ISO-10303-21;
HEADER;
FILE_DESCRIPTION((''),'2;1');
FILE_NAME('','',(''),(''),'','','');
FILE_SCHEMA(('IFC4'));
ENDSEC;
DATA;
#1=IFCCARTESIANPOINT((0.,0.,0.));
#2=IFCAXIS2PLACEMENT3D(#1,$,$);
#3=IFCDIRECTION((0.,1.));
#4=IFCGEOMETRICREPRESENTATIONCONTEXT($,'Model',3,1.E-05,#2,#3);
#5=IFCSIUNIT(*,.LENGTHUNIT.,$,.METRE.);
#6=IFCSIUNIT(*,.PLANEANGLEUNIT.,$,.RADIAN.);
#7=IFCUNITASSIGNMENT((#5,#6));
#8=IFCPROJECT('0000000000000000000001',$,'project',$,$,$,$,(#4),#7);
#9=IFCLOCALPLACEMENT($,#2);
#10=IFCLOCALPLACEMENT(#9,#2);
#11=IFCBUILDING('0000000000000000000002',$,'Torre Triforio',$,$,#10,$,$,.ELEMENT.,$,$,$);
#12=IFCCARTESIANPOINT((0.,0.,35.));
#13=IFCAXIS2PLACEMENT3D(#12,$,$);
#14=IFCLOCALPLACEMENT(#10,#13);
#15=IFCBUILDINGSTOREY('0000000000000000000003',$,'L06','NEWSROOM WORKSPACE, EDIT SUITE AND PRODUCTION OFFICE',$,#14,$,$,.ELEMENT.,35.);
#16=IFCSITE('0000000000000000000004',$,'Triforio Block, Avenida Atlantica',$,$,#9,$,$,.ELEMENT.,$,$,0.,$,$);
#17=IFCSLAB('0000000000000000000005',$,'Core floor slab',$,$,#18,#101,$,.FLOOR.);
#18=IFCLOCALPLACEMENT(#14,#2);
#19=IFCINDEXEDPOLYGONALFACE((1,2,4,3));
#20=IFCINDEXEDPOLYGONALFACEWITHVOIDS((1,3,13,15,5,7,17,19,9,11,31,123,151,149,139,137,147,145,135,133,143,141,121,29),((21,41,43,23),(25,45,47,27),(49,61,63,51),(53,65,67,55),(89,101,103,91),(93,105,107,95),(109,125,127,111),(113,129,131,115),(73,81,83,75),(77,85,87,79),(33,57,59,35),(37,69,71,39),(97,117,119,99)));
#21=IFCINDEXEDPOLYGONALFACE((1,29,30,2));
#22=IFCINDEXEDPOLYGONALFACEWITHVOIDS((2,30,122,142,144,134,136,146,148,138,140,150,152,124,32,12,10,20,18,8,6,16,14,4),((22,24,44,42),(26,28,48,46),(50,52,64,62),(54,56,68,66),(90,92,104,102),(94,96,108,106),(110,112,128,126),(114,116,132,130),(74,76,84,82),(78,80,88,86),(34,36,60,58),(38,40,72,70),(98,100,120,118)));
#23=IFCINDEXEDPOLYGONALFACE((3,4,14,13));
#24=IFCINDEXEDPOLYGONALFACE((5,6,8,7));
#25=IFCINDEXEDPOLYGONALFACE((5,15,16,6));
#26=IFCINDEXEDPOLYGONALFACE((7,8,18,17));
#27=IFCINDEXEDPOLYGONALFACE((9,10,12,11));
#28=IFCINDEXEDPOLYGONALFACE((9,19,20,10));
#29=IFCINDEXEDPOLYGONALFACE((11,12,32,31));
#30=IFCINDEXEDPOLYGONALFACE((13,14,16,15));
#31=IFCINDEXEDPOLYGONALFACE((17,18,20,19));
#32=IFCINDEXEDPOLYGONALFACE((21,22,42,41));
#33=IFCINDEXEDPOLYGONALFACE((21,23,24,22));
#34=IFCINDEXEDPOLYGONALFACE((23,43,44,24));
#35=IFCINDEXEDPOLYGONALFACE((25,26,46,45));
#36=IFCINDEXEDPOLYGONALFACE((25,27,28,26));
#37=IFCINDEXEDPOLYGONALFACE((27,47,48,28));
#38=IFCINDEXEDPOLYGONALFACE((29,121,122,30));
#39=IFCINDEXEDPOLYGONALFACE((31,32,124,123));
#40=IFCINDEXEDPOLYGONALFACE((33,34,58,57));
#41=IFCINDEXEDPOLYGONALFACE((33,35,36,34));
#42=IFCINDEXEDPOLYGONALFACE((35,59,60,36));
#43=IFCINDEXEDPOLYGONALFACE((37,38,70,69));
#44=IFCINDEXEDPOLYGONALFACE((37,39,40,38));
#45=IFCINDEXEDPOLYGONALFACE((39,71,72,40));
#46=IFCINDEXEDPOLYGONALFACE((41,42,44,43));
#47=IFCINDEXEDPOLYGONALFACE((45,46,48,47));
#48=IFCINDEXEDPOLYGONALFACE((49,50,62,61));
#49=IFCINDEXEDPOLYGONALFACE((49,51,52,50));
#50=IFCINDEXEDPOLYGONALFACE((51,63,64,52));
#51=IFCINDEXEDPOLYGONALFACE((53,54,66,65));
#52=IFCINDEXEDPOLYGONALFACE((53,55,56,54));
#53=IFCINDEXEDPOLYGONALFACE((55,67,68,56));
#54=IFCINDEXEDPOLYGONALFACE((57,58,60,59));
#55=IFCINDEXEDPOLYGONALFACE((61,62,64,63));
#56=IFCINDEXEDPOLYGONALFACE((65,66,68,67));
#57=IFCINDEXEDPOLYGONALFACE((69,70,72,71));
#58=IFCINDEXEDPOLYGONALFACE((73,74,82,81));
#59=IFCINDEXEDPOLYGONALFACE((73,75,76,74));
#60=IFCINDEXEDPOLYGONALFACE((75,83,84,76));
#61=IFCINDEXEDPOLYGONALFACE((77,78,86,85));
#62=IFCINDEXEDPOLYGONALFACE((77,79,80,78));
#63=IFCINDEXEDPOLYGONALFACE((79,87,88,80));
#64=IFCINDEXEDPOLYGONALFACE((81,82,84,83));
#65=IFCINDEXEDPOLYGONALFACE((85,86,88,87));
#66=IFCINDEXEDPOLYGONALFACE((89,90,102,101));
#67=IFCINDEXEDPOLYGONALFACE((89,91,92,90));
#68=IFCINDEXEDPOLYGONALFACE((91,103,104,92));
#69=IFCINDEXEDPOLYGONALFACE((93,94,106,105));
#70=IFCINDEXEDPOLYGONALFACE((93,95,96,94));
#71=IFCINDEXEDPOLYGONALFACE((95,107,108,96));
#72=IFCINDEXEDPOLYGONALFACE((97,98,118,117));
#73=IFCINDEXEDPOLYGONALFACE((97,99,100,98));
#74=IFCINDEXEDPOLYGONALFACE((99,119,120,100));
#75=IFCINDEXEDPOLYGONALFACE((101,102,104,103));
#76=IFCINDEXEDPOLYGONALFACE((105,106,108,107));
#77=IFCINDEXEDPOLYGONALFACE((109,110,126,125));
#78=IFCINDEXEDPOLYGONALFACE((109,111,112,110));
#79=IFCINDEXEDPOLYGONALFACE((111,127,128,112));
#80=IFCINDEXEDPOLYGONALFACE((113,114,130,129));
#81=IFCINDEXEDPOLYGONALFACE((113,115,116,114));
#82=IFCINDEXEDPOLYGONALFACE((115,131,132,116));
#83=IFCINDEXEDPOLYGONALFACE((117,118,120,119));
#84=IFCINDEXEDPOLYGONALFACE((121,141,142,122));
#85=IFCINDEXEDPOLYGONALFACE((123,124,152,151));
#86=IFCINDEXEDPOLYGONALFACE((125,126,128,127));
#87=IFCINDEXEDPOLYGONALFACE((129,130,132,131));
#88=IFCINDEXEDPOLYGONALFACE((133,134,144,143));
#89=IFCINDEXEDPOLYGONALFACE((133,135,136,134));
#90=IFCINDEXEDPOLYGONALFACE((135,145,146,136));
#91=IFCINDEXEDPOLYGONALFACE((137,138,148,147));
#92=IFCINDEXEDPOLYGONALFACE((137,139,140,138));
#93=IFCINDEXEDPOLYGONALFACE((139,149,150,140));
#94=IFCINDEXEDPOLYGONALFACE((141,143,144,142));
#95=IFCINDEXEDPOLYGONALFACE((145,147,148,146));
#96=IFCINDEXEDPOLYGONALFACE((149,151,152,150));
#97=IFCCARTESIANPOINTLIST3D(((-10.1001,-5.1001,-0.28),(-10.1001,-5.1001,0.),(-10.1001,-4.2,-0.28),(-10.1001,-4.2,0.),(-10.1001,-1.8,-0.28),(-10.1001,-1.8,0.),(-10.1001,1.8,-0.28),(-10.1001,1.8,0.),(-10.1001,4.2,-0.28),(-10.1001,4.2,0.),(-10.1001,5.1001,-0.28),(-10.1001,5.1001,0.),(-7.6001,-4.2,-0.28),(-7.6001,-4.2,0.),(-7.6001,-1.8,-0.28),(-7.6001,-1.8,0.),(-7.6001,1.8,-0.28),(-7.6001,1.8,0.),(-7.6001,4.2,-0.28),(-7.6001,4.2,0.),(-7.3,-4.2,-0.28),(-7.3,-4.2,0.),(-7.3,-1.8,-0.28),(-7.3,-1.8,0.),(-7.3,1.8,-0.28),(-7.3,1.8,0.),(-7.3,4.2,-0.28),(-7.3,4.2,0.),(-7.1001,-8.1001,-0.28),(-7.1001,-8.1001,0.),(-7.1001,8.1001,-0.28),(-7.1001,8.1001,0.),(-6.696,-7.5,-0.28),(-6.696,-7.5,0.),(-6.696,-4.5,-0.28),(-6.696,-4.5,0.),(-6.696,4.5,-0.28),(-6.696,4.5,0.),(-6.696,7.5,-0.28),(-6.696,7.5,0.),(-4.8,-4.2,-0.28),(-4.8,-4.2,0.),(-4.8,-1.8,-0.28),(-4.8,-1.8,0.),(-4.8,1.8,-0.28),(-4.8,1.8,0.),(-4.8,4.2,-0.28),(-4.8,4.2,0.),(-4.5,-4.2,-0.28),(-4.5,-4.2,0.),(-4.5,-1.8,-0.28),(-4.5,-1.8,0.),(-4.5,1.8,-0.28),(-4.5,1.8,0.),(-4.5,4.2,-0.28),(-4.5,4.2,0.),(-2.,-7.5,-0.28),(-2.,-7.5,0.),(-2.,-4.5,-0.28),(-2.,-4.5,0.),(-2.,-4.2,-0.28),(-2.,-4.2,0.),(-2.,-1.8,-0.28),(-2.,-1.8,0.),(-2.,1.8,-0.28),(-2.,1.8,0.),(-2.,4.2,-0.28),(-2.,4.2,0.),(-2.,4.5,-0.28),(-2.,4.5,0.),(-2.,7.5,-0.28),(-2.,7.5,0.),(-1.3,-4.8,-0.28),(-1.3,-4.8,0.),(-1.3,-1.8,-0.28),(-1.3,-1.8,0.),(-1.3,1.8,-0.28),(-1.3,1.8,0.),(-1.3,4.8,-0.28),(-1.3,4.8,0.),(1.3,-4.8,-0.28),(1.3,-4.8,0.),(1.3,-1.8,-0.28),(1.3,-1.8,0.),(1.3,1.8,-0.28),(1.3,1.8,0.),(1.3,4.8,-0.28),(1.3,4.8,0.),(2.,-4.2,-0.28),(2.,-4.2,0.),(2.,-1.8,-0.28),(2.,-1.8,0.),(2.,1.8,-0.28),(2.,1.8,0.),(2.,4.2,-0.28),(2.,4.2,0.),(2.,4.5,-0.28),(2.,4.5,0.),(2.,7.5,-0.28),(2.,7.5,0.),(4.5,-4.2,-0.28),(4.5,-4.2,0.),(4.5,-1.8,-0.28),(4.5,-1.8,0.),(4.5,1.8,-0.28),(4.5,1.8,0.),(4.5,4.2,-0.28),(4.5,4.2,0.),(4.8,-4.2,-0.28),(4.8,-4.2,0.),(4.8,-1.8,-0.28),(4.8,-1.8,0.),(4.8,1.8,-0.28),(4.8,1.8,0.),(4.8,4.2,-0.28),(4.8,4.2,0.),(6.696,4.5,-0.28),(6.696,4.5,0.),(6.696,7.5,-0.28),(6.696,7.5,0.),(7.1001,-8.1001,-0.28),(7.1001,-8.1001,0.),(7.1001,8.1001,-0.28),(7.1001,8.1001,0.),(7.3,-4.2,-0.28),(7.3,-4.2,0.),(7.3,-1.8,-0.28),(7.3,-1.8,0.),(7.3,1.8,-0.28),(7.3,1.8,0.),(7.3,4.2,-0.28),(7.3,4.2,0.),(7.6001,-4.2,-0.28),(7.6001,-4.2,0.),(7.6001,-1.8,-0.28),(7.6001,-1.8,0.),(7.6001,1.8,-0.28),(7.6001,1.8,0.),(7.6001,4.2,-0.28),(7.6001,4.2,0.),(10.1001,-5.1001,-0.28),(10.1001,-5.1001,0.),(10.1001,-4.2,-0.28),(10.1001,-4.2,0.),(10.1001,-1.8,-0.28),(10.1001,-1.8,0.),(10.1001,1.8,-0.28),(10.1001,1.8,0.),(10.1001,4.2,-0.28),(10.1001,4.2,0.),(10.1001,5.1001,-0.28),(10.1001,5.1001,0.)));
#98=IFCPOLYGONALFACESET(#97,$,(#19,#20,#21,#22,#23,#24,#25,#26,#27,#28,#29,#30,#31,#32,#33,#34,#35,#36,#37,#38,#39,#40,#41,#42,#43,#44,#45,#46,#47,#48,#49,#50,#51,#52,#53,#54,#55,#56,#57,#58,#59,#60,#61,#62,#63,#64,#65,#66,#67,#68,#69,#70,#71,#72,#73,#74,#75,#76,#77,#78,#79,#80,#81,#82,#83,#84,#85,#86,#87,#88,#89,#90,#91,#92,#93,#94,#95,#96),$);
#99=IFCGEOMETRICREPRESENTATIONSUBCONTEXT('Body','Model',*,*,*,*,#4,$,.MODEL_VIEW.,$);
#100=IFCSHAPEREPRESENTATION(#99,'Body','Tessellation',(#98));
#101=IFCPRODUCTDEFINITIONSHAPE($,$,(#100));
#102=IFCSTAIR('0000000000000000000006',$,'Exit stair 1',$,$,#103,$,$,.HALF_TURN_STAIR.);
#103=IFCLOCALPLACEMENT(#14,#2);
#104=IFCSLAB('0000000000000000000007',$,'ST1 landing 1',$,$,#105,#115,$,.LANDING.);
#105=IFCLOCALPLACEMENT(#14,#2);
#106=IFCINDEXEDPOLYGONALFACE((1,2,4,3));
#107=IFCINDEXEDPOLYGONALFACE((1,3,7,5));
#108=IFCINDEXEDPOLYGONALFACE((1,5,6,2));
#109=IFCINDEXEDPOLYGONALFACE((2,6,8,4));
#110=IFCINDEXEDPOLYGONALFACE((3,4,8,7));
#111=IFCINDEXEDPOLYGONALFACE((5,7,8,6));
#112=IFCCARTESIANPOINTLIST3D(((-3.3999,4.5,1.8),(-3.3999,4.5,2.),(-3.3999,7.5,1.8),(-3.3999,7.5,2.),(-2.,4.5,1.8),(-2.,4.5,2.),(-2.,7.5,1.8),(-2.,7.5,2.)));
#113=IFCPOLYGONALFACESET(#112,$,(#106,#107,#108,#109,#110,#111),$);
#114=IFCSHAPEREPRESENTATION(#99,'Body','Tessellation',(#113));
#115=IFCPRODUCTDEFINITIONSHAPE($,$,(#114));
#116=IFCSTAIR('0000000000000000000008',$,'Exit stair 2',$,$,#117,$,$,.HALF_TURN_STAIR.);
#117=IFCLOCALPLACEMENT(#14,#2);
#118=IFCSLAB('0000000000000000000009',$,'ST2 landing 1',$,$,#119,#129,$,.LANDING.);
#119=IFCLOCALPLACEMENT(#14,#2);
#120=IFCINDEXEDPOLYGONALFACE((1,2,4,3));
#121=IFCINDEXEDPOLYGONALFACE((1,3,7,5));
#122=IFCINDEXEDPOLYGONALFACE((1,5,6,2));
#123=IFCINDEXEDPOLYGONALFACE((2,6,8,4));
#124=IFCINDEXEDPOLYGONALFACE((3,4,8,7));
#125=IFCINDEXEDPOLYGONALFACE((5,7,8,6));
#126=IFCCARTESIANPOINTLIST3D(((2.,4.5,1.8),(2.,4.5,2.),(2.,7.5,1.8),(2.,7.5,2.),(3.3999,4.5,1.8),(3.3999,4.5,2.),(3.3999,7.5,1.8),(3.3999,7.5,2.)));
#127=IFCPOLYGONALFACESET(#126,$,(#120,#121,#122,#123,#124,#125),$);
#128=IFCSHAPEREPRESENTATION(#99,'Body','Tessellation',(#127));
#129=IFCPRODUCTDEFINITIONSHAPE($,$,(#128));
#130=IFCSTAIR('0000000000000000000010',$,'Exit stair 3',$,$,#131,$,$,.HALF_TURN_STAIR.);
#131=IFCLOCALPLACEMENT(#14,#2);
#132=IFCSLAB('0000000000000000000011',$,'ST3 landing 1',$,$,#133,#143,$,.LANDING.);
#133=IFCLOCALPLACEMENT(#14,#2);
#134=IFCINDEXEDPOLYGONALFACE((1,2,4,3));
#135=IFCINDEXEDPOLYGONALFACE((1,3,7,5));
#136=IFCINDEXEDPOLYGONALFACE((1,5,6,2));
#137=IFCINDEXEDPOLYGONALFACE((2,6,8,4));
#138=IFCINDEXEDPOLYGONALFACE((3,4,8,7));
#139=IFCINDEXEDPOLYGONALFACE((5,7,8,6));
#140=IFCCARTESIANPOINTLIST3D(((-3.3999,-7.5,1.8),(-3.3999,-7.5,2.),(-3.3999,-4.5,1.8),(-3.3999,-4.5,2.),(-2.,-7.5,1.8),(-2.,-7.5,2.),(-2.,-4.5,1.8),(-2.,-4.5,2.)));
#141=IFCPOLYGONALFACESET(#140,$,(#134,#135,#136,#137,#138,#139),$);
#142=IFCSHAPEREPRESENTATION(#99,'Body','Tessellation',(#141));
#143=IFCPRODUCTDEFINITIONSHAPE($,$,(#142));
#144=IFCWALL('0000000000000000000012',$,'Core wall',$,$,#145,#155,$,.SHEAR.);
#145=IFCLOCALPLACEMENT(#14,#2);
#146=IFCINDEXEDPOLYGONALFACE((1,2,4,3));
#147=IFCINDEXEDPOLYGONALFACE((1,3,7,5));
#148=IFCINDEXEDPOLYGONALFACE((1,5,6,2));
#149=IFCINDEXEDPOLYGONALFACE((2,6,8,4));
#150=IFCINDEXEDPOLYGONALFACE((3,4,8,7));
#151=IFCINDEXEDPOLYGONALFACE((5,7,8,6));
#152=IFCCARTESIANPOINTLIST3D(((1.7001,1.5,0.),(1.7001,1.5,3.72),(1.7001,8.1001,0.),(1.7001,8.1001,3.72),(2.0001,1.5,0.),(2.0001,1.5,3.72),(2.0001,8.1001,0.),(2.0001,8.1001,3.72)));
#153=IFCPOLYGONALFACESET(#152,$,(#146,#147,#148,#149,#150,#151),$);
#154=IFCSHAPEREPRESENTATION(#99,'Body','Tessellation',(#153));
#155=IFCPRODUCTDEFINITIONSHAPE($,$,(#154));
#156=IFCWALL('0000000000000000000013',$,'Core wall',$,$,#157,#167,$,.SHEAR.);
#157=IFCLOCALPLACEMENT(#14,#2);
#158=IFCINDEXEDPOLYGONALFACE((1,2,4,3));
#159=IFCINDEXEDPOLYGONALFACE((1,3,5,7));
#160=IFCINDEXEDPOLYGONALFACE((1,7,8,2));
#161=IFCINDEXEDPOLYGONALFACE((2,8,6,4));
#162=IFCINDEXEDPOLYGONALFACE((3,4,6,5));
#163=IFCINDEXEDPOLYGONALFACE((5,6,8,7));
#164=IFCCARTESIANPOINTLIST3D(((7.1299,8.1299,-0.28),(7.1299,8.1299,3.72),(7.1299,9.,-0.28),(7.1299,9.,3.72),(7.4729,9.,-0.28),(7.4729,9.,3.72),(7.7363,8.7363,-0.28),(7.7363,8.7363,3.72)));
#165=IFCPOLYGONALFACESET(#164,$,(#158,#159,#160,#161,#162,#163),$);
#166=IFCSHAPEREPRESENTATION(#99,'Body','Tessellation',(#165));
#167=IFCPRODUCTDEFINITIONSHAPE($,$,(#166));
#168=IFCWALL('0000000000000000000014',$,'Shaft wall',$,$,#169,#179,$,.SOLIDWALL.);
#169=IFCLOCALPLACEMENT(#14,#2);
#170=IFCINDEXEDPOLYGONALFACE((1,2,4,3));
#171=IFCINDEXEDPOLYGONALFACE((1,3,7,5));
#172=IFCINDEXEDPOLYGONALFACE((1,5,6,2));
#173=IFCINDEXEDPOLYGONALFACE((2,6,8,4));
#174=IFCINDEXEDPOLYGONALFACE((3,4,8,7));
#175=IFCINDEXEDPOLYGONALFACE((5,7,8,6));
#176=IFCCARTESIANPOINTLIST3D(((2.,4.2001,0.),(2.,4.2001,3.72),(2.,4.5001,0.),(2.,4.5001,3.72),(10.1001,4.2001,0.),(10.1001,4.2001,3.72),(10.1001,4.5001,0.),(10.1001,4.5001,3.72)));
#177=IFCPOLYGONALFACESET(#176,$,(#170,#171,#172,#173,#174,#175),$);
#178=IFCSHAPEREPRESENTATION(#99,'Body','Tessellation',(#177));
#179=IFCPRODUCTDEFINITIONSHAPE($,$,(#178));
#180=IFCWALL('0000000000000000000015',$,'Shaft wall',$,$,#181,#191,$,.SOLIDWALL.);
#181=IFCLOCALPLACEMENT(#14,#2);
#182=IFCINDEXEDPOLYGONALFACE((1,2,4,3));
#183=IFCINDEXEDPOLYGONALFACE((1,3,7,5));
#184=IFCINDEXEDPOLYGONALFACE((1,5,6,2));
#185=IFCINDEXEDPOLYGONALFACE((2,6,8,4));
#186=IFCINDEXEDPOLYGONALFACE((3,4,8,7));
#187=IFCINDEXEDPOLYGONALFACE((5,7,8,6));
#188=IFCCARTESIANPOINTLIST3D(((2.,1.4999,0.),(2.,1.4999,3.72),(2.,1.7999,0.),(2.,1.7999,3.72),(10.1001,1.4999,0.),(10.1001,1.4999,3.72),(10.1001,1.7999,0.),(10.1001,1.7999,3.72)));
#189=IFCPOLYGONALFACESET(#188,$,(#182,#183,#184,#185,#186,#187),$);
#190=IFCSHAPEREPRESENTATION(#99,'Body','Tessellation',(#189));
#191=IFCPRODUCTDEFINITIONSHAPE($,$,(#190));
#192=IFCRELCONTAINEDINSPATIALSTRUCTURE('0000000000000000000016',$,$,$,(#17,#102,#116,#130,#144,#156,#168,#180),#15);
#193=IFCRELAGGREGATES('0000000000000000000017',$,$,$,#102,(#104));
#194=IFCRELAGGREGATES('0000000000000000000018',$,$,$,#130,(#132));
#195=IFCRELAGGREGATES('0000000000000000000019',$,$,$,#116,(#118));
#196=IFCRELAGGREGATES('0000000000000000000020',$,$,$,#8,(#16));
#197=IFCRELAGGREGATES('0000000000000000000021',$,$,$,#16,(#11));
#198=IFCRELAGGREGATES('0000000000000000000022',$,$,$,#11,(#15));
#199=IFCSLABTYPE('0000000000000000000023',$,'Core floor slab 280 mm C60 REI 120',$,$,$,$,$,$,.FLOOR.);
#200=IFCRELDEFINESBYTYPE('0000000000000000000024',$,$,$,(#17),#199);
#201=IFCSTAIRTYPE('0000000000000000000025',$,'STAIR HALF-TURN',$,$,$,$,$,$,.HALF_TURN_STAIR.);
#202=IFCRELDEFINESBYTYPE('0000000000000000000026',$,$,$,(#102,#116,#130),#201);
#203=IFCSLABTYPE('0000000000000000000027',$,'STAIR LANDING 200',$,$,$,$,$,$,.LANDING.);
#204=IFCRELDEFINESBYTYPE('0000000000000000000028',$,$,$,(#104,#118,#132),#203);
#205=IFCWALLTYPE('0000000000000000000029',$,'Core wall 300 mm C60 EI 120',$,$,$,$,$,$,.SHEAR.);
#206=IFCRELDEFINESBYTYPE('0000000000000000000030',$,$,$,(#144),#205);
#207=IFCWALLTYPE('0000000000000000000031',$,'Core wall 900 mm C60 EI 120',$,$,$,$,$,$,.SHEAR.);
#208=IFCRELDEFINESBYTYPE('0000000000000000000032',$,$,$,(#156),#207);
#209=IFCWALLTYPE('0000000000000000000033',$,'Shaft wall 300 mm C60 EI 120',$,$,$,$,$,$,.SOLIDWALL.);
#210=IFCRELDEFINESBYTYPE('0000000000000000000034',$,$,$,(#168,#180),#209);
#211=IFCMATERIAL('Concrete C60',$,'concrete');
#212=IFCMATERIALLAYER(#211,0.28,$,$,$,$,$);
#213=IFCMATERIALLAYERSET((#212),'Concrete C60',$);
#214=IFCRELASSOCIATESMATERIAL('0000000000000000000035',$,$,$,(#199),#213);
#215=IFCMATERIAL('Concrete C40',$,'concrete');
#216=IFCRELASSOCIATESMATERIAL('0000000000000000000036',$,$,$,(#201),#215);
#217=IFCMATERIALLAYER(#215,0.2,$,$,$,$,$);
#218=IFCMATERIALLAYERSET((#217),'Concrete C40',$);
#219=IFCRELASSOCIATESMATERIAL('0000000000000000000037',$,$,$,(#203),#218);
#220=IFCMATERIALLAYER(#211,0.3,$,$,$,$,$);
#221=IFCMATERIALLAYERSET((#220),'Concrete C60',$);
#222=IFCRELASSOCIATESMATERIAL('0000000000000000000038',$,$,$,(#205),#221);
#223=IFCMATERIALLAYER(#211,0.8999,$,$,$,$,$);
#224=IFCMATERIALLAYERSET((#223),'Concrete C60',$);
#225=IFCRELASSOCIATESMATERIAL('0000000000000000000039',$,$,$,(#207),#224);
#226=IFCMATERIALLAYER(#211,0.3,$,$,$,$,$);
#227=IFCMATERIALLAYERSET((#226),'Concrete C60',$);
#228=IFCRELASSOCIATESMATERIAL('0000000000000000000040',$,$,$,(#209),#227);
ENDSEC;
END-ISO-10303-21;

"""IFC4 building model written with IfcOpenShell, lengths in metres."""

from ifc_helpers import new_model, si_unit, direction, frame, frame_2d, origin, place, context, subcontext, project, spatial, polyline, rectangle, outline, extrude, material, layer, layer_set, type_object, element, aggregate, save


model = new_model("IFC4")

# Units and contexts
model_context = context("Model", 3, precision=1e-05, world=origin(), true_north=direction((0.0, 1.0)))
body_context = subcontext(model_context, "Body", "Model", "MODEL_VIEW")
ifc_project = project(units=[si_unit("LENGTHUNIT", "METRE"), si_unit("PLANEANGLEUNIT", "RADIAN")], contexts=[model_context])

# Site, building, storey
site_placement = place(None, origin())
site = spatial("IfcSite", under=ifc_project, at=site_placement, Name="Triforio Block, Avenida Atlantica", CompositionType="ELEMENT", RefElevation=0.0)
building_placement = place(site_placement, origin())
building = spatial("IfcBuilding", under=site, at=building_placement, Name="Torre Triforio", CompositionType="ELEMENT")
storey_placement = place(building_placement, frame((0.0, 0.0, 35.0)))
storey = spatial("IfcBuildingStorey", under=building, at=storey_placement, Name="L06", Description="NEWSROOM WORKSPACE, EDIT SUITE AND PRODUCTION OFFICE", CompositionType="ELEMENT", Elevation=35.0)

# Slab
ifc_material_1 = material(Name="Concrete C60", Category="concrete")
ifc_layer_1 = layer(ifc_material_1, 0.28)
ifc_layer_set_1 = layer_set([ifc_layer_1], Name="Concrete C60")
slab_type_1 = type_object("IfcSlabType", Name="Core floor slab 280 mm C60 REI 120", PredefinedType="FLOOR", material=ifc_layer_set_1)
slab_1_placement = place(storey_placement, frame((0.0, 0.0, -0.28)))
element("IfcSlab", 1, at=slab_1_placement, inside=storey, type_object=slab_type_1, Name="Core floor slab", PredefinedType="FLOOR", context=body_context, shape_type="SweptSolid", body=[
    extrude(outline(polyline([(10.1001, -5.1001), (7.1001, -8.1001), (-7.1001, -8.1001), (-10.1001, -5.1001), (-10.1001, -4.2), (-7.6001, -4.2), (-7.6001, -1.8), (-10.1001, -1.8), (-10.1001, 1.8), (-7.6001, 1.8), (-7.6001, 4.2), (-10.1001, 4.2), (-10.1001, 5.1001), (-7.1001, 8.1001), (7.1001, 8.1001), (10.1001, 5.1001), (10.1001, 4.2), (7.6001, 4.2), (7.6001, 1.8), (10.1001, 1.8), (10.1001, -1.8), (7.6001, -1.8), (7.6001, -4.2), (10.1001, -4.2), (10.1001, -5.1001)]), holes=[polyline([(-2.0, -4.5), (-6.696, -4.5), (-6.696, -7.5), (-2.0, -7.5), (-2.0, -4.5)]), polyline([(-4.8, -1.8), (-7.3, -1.8), (-7.3, -4.2), (-4.8, -4.2), (-4.8, -1.8)]), polyline([(-2.0, -1.8), (-4.5, -1.8), (-4.5, -4.2), (-2.0, -4.2), (-2.0, -1.8)]), polyline([(-4.8, 4.2), (-7.3, 4.2), (-7.3, 1.8), (-4.8, 1.8), (-4.8, 4.2)]), polyline([(-2.0, 4.2), (-4.5, 4.2), (-4.5, 1.8), (-2.0, 1.8), (-2.0, 4.2)]), polyline([(1.3, 4.8), (-1.3, 4.8), (-1.3, 1.8), (1.3, 1.8), (1.3, 4.8)]), polyline([(-2.0, 7.5), (-6.696, 7.5), (-6.696, 4.5), (-2.0, 4.5), (-2.0, 7.5)]), polyline([(1.3, -1.8), (-1.3, -1.8), (-1.3, -4.8), (1.3, -4.8), (1.3, -1.8)]), polyline([(4.5, -1.8), (2.0, -1.8), (2.0, -4.2), (4.5, -4.2), (4.5, -1.8)]), polyline([(7.3, -1.8), (4.8, -1.8), (4.8, -4.2), (7.3, -4.2), (7.3, -1.8)]), polyline([(4.5, 4.2), (2.0, 4.2), (2.0, 1.8), (4.5, 1.8), (4.5, 4.2)]), polyline([(7.3, 4.2), (4.8, 4.2), (4.8, 1.8), (7.3, 1.8), (7.3, 4.2)]), polyline([(6.696, 4.5), (6.696, 7.5), (2.0, 7.5), (2.0, 4.5), (6.696, 4.5)])]), origin(), (0.0, 0.0, 1.0), 0.28),
])

# Stairs, slabs
ifc_material_2 = material(Name="Concrete C40", Category="concrete")
stair_type = type_object("IfcStairType", Name="STAIR HALF-TURN", PredefinedType="HALF_TURN_STAIR", material=ifc_material_2)
stair_1_placement = place(storey_placement, origin())
stair_1 = element("IfcStair", 2, at=stair_1_placement, inside=storey, type_object=stair_type, Name="Exit stair 1", PredefinedType="HALF_TURN_STAIR")
ifc_layer_2 = layer(ifc_material_2, 0.2)
ifc_layer_set_2 = layer_set([ifc_layer_2], Name="Concrete C40")
slab_type_2 = type_object("IfcSlabType", Name="STAIR LANDING 200", PredefinedType="LANDING", material=ifc_layer_set_2)
slab_2_placement = place(storey_placement, frame((0.0, 0.0, 1.8)))
slab_2 = element("IfcSlab", 3, at=slab_2_placement, type_object=slab_type_2, Name="ST1 landing 1", PredefinedType="LANDING", context=body_context, shape_type="SweptSolid", body=[
    extrude(outline(polyline([(-2.0, 4.5), (-2.0, 7.5), (-3.3999, 7.5), (-3.3999, 4.5), (-2.0, 4.5)])), origin(), (0.0, 0.0, 1.0), 0.2),
])
aggregate(stair_1, [slab_2])
stair_2_placement = place(storey_placement, origin())
stair_2 = element("IfcStair", 4, at=stair_2_placement, inside=storey, type_object=stair_type, Name="Exit stair 2", PredefinedType="HALF_TURN_STAIR")
slab_3_placement = place(storey_placement, frame((0.0, 0.0, 1.8)))
slab_3 = element("IfcSlab", 5, at=slab_3_placement, type_object=slab_type_2, Name="ST2 landing 1", PredefinedType="LANDING", context=body_context, shape_type="SweptSolid", body=[
    extrude(outline(polyline([(3.3999, 4.5), (3.3999, 7.5), (2.0, 7.5), (2.0, 4.5), (3.3999, 4.5)])), origin(), (0.0, 0.0, 1.0), 0.2),
])
stair_3_placement = place(storey_placement, origin())
stair_3 = element("IfcStair", 6, at=stair_3_placement, inside=storey, type_object=stair_type, Name="Exit stair 3", PredefinedType="HALF_TURN_STAIR")
slab_4_placement = place(storey_placement, frame((0.0, 0.0, 1.8)))
slab_4 = element("IfcSlab", 7, at=slab_4_placement, type_object=slab_type_2, Name="ST3 landing 1", PredefinedType="LANDING", context=body_context, shape_type="SweptSolid", body=[
    extrude(outline(polyline([(-2.0, -7.5), (-2.0, -4.5), (-3.3999, -4.5), (-3.3999, -7.5), (-2.0, -7.5)])), origin(), (0.0, 0.0, 1.0), 0.2),
])
aggregate(stair_3, [slab_4])

# Walls
ifc_layer_3 = layer(ifc_material_1, 0.3)
ifc_layer_set_3 = layer_set([ifc_layer_3], Name="Concrete C60")
wall_type_1 = type_object("IfcWallType", Name="Core wall 300 mm C60 EI 120", PredefinedType="SHEAR", material=ifc_layer_set_3)
wall_1_placement = place(storey_placement, frame((1.8501, 1.5, 0.0), z_axis=(0.0, 0.0, 1.0), x_axis=(0.0, 1.0, 0.0)))
element("IfcWall", 8, at=wall_1_placement, inside=storey, type_object=wall_type_1, Name="Core wall", PredefinedType="SHEAR", context=body_context, shape_type="SweptSolid", body=[
    extrude(rectangle(XDim=6.6001, YDim=0.3, at=frame_2d((3.3, 0.0))), origin(), (0.0, 0.0, 1.0), 3.72),
])
ifc_layer_4 = layer(ifc_material_1, 0.8999)
ifc_layer_set_4 = layer_set([ifc_layer_4], Name="Concrete C60")
wall_type_2 = type_object("IfcWallType", Name="Core wall 900 mm C60 EI 120", PredefinedType="SHEAR", material=ifc_layer_set_4)
wall_2_placement = place(storey_placement, frame((0.0, 0.0, -0.28)))
element("IfcWall", 9, at=wall_2_placement, inside=storey, type_object=wall_type_2, Name="Core wall", PredefinedType="SHEAR", context=body_context, shape_type="SweptSolid", body=[
    extrude(outline(polyline([(7.4729, 9.0), (7.7363, 8.7363), (7.1299, 8.1299), (7.1299, 9.0), (7.4729, 9.0)])), origin(), (0.0, 0.0, 1.0), 4.0),
])
ifc_layer_5 = layer(ifc_material_1, 0.3)
ifc_layer_set_5 = layer_set([ifc_layer_5], Name="Concrete C60")
wall_type_3 = type_object("IfcWallType", Name="Shaft wall 300 mm C60 EI 120", PredefinedType="SOLIDWALL", material=ifc_layer_set_5)
for number, where, z_axis, x_axis, name in (
    (10, (2.0, 4.3501, 0.0), (0.0, 0.0, 1.0), (1.0, 0.0, 0.0), "Shaft wall"),
    (11, (2.0, 1.6499, 0.0), (0.0, 0.0, 1.0), (1.0, 0.0, 0.0), "Shaft wall"),
):
    element("IfcWall", number, at=place(storey_placement, frame(where, z_axis=z_axis, x_axis=x_axis)), inside=storey, type_object=wall_type_3, Name=name, PredefinedType="SOLIDWALL", context=body_context, shape_type="SweptSolid", body=[
        extrude(rectangle(XDim=8.1001, YDim=0.3, at=frame_2d((4.05, 0.0))), origin(), (0.0, 0.0, 1.0), 3.72),
    ])

aggregate(stair_2, [slab_3])

save(model, "model.ifc")
